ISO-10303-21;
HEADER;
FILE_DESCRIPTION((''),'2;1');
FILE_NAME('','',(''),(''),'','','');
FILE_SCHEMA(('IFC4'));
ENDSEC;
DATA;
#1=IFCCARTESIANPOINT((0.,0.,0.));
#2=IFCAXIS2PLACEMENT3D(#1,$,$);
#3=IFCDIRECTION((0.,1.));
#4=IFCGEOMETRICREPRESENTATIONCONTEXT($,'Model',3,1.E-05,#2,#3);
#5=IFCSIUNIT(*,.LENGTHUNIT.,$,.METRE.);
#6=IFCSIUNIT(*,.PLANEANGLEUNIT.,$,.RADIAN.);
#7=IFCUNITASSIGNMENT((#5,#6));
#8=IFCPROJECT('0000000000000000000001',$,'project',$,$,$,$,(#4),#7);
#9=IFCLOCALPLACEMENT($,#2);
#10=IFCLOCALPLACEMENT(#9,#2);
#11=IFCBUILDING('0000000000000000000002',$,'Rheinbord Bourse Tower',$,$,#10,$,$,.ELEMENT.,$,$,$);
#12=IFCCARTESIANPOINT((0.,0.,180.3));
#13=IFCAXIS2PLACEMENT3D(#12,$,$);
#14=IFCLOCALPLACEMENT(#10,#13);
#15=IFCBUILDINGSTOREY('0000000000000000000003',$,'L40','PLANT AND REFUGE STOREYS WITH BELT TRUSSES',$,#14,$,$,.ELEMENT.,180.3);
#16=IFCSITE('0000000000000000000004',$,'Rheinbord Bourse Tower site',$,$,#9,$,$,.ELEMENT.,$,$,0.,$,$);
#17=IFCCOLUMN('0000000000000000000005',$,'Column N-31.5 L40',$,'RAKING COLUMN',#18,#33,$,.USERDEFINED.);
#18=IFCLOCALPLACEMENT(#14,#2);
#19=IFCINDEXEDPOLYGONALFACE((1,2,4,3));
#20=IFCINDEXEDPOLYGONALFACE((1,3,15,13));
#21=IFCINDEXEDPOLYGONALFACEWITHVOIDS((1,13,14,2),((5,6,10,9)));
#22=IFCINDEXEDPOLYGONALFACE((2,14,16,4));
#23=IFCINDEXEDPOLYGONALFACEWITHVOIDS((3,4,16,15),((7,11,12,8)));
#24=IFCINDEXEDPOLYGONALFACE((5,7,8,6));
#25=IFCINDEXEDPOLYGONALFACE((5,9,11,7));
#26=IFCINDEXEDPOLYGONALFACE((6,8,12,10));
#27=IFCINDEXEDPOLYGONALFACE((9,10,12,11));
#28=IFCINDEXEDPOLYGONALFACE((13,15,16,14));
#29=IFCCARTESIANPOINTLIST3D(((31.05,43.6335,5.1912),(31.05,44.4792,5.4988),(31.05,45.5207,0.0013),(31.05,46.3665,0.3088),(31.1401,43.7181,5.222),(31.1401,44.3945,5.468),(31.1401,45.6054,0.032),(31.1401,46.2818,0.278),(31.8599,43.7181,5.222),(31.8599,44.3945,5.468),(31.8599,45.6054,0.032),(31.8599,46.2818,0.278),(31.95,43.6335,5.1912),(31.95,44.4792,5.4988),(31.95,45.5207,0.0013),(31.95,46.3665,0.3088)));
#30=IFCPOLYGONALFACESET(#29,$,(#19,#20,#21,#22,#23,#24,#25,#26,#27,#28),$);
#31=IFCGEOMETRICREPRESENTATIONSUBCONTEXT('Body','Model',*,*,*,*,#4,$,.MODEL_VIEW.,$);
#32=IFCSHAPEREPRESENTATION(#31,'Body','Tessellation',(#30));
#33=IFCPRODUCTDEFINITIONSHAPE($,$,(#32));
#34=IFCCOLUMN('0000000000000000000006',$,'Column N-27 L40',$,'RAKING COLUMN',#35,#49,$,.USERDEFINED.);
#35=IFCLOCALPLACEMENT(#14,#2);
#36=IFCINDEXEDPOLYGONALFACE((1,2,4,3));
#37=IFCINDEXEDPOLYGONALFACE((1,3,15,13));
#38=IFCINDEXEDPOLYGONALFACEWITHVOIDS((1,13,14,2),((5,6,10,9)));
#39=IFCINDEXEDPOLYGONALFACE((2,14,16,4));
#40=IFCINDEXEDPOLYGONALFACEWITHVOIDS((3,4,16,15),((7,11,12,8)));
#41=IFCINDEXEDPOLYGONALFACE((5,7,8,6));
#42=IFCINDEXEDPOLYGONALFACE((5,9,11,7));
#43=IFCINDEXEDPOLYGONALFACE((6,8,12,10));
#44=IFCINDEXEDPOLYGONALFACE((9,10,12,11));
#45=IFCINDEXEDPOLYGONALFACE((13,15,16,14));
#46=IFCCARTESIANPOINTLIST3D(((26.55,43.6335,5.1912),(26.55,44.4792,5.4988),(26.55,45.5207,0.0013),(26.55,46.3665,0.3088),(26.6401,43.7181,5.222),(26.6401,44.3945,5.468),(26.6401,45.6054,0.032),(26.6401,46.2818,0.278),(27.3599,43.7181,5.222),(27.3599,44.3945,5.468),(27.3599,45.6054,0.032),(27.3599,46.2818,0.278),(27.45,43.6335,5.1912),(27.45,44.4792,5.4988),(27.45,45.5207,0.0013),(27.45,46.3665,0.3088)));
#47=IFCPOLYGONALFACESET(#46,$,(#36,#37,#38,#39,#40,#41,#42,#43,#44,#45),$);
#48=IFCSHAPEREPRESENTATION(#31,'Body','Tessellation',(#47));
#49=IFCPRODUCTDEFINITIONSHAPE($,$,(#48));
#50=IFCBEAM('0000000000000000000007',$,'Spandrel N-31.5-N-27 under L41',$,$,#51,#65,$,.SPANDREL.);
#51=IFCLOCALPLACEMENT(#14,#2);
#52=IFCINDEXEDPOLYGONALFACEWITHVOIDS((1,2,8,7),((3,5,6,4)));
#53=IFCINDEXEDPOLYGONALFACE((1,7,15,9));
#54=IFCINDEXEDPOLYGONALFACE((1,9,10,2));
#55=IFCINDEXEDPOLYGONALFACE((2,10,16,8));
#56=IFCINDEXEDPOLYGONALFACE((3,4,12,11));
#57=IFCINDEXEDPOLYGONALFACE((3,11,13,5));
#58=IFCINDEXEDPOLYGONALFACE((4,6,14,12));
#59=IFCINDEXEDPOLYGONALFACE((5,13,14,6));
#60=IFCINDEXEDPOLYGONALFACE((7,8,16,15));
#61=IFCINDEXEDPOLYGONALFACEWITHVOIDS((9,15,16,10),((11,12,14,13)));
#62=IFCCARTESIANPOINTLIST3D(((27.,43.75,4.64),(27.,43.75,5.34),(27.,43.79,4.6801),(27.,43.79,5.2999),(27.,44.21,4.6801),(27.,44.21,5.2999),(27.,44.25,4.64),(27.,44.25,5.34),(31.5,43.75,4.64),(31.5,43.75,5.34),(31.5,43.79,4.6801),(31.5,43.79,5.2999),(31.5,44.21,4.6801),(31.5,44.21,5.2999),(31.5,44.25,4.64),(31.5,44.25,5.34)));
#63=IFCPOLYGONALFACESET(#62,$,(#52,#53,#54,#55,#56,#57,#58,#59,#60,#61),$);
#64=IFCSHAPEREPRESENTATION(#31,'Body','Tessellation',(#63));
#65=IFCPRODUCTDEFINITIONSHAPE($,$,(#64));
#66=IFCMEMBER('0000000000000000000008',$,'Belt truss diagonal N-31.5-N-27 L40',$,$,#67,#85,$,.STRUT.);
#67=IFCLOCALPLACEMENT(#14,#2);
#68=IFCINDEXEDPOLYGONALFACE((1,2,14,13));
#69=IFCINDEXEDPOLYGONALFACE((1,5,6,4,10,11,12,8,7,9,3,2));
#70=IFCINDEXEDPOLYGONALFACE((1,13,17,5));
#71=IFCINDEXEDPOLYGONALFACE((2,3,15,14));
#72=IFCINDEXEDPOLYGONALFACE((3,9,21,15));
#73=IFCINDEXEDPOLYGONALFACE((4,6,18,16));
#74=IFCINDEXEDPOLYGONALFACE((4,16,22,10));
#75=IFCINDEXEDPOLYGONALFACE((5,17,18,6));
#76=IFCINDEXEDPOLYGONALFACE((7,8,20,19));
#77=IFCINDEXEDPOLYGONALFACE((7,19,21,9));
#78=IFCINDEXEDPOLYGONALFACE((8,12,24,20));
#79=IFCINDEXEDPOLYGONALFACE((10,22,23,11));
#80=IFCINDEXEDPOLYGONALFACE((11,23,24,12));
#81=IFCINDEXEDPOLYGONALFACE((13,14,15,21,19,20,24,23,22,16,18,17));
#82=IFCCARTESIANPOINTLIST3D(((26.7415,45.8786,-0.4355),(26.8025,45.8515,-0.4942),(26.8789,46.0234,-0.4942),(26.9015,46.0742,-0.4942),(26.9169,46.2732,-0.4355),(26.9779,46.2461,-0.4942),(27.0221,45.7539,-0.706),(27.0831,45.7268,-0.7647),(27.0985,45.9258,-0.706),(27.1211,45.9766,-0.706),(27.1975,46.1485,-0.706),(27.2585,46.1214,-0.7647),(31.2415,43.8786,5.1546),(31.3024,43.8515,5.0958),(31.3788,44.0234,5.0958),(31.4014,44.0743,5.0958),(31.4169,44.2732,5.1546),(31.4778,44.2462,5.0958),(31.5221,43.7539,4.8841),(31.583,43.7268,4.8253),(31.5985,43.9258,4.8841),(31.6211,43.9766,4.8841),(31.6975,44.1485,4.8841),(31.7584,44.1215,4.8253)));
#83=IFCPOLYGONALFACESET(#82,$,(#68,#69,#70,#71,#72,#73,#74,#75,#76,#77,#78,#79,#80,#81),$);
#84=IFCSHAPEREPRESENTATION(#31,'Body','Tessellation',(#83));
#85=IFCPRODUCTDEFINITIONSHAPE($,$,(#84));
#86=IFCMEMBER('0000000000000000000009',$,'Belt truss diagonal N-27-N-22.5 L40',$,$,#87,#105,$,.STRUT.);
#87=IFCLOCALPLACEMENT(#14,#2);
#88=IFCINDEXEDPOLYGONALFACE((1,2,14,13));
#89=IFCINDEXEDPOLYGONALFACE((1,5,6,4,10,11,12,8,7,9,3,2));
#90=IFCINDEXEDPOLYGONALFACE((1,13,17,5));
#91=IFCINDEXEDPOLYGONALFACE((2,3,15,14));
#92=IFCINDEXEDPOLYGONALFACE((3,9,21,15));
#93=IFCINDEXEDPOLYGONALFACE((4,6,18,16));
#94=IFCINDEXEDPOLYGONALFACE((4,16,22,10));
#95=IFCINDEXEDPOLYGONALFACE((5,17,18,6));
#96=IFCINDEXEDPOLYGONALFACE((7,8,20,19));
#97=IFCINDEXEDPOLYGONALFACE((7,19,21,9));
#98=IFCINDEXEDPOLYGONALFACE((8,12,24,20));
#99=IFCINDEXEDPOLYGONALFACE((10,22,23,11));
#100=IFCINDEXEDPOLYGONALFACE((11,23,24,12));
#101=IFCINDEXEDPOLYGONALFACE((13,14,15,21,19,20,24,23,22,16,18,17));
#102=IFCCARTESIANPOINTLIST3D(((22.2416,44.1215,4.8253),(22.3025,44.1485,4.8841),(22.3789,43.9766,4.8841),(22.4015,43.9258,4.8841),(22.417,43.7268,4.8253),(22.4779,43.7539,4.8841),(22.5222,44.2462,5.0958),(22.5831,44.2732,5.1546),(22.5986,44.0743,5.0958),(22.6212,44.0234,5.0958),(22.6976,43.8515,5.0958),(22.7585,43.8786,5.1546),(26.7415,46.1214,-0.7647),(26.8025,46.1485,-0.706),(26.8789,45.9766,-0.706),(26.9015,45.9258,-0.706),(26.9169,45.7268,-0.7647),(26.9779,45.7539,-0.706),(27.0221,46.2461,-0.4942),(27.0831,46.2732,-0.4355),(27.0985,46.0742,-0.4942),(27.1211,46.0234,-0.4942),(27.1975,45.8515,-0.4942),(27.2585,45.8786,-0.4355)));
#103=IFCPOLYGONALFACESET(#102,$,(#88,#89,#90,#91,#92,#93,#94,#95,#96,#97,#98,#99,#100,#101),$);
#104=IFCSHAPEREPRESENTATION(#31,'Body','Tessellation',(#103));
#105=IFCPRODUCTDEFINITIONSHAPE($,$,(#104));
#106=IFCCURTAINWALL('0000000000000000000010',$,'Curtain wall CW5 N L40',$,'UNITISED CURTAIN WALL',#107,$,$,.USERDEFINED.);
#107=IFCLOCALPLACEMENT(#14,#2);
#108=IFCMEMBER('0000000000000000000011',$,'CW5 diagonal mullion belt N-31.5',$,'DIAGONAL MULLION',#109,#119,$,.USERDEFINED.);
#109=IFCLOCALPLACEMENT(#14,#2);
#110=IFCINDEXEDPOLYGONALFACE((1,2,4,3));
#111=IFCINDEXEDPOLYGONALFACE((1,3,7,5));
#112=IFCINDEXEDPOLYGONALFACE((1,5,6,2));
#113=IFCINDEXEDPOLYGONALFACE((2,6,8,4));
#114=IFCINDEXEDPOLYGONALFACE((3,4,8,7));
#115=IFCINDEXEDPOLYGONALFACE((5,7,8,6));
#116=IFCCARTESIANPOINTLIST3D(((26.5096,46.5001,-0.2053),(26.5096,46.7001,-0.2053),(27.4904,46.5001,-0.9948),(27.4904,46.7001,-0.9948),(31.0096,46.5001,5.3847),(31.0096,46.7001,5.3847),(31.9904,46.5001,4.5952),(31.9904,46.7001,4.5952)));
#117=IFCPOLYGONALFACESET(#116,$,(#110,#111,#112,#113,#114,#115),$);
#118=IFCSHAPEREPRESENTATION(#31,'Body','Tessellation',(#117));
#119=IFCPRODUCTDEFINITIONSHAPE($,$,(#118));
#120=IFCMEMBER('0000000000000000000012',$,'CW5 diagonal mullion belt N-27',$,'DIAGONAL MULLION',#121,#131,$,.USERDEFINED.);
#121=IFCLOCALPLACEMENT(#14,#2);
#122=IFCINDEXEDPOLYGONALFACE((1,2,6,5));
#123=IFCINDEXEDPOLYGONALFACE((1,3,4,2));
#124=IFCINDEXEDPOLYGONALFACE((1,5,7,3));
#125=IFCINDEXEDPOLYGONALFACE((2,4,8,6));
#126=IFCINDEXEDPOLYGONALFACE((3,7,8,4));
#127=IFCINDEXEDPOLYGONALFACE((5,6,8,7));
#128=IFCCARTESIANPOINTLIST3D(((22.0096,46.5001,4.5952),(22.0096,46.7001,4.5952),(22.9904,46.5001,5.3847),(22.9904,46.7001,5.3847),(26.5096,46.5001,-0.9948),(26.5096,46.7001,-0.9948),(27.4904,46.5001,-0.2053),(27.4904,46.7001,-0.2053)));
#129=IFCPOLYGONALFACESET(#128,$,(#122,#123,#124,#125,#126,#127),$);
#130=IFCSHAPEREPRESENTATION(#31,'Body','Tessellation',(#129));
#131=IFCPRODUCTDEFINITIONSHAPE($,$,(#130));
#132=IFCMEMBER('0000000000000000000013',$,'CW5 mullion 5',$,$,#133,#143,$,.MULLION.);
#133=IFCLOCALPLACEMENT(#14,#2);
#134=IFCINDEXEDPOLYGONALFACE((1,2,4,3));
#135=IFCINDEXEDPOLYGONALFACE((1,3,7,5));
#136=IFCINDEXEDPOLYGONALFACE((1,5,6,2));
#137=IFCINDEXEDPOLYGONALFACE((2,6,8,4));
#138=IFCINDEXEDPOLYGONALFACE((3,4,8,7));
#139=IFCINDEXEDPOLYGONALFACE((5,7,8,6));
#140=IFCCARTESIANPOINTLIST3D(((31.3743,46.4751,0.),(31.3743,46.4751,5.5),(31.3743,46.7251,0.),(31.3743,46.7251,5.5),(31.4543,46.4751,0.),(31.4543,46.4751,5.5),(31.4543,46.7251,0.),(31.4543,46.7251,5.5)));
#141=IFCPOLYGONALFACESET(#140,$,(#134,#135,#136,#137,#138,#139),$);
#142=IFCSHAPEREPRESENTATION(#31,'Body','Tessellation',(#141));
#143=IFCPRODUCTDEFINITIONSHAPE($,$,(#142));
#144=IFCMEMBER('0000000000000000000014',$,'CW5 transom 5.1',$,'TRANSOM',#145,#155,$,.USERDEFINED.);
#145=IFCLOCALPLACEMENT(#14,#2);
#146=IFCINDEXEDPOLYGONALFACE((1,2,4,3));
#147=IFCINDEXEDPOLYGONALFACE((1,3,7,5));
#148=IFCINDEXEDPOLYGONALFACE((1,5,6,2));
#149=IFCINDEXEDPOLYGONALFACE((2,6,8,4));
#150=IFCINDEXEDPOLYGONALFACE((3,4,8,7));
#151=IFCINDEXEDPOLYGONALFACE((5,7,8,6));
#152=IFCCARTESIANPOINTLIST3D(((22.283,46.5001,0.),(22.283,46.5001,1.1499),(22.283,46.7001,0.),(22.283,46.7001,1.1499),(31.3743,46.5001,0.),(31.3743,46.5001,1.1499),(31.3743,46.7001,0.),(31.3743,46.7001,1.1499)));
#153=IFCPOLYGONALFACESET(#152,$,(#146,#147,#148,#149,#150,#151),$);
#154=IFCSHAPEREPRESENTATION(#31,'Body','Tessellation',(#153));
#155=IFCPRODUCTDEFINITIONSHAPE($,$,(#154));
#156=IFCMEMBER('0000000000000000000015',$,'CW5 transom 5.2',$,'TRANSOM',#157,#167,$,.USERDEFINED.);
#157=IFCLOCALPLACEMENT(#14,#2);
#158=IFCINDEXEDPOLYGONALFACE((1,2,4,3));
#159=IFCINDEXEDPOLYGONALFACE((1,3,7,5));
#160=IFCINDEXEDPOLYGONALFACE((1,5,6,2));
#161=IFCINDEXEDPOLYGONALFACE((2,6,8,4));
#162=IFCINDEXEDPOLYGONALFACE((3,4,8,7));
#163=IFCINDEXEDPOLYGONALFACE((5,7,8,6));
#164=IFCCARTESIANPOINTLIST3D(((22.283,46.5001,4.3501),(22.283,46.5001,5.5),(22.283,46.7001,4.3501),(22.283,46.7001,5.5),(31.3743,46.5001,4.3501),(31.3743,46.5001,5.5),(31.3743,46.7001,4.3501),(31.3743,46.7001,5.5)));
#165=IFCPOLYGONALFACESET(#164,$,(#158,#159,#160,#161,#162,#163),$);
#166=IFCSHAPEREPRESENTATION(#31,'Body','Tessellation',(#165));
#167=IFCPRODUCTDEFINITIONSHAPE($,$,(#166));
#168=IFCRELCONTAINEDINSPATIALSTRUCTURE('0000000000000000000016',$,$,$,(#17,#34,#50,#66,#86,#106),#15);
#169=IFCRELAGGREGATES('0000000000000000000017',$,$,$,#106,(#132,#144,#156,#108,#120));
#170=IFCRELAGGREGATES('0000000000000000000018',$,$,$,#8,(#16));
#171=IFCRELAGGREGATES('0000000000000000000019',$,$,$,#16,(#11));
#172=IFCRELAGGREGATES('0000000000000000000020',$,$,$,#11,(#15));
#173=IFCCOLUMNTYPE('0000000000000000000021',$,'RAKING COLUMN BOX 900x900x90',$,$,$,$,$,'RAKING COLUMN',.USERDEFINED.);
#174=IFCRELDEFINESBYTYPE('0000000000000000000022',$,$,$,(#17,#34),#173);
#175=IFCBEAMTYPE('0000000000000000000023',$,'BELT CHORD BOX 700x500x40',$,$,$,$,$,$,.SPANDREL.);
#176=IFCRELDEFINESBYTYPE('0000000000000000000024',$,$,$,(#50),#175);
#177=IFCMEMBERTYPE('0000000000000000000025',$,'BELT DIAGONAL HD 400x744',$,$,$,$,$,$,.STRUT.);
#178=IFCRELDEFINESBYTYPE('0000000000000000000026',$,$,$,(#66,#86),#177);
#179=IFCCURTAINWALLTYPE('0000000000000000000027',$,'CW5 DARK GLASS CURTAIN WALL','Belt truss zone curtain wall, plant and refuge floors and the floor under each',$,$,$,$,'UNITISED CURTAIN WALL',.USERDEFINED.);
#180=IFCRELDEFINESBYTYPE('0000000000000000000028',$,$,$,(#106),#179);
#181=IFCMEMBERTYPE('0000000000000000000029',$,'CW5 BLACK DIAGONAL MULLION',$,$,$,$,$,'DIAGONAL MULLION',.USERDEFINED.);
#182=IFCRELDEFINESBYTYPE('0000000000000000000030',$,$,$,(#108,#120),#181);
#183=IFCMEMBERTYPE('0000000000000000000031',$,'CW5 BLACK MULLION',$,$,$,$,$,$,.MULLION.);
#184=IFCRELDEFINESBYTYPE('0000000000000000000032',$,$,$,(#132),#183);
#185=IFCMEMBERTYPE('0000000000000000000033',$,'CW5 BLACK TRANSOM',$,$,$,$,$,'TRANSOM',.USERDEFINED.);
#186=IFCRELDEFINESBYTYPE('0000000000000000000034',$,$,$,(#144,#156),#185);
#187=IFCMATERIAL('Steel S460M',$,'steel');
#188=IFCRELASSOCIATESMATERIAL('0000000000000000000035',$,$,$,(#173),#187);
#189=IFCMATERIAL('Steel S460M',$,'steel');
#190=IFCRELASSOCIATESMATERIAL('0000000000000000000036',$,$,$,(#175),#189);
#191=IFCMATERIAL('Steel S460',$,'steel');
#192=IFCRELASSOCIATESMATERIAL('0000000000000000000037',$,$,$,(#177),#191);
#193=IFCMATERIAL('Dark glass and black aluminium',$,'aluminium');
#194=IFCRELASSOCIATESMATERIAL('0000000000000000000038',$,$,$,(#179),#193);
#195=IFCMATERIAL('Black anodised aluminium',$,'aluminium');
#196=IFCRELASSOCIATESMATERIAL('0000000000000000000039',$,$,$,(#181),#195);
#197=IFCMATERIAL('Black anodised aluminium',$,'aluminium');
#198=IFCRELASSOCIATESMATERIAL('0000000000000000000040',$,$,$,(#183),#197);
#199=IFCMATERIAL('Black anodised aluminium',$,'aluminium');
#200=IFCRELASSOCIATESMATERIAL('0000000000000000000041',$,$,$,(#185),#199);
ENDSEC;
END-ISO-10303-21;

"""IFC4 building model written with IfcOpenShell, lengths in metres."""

from ifc_helpers import new_model, si_unit, direction, frame, origin, origin_2d, place, context, subcontext, project, spatial, rectangle, hollow_rectangle, i_section, extrude, material, material_profile, profile_set, type_object, element, aggregate, save


model = new_model("IFC4")

# Units and contexts
model_context = context("Model", 3, precision=1e-05, world=origin(), true_north=direction((0.0, 1.0)))
body_context = subcontext(model_context, "Body", "Model", "MODEL_VIEW")
ifc_project = project(units=[si_unit("LENGTHUNIT", "METRE"), si_unit("PLANEANGLEUNIT", "RADIAN")], contexts=[model_context])

# Site, building, storey
site_placement = place(None, origin())
site = spatial("IfcSite", under=ifc_project, at=site_placement, Name="Rheinbord Bourse Tower site", CompositionType="ELEMENT", RefElevation=0.0)
building_placement = place(site_placement, origin())
building = spatial("IfcBuilding", under=site, at=building_placement, Name="Rheinbord Bourse Tower", CompositionType="ELEMENT")
storey_placement = place(building_placement, frame((0.0, 0.0, 180.3)))
storey = spatial("IfcBuildingStorey", under=building, at=storey_placement, Name="L40", Description="PLANT AND REFUGE STOREYS WITH BELT TRUSSES", CompositionType="ELEMENT", Elevation=180.3)

# Columns
ifc_material_1 = material(Name="Steel S460M", Category="steel")
ifc_material_profile_1 = material_profile(ifc_material_1, hollow_rectangle(XDim=0.8999, YDim=0.8999, WallThickness=0.0901, at=origin_2d()), Name="BOX 900x900x90")
ifc_profile_set_1 = profile_set([ifc_material_profile_1], Name="Steel S460M")
column_type = type_object("IfcColumnType", Name="RAKING COLUMN BOX 900x900x90", ElementType="RAKING COLUMN", PredefinedType="USERDEFINED", material=ifc_profile_set_1)
for number, where, z_axis, x_axis, name in (
    (1, (31.5, 45.9436, 0.155), (0.0, -0.341743, 0.939793), (0.0, 0.939793, 0.341743), "Column N-31.5 L40"),
    (2, (27.0, 45.9436, 0.155), (0.0, -0.341743, 0.939793), (0.0, 0.939793, 0.341743), "Column N-27 L40"),
):
    element("IfcColumn", number, at=place(storey_placement, frame(where, z_axis=z_axis, x_axis=x_axis)), inside=storey, type_object=column_type, Name=name, ObjectType="RAKING COLUMN", PredefinedType="USERDEFINED", context=body_context, shape_type="SweptSolid", body=[
        extrude(hollow_rectangle(XDim=0.8999, YDim=0.8999, WallThickness=0.0901, at=origin_2d()), origin(), (0.0, 0.0, 1.0), 5.5225),
    ])

# Beam
ifc_material_2 = material(Name="Steel S460M", Category="steel")
ifc_material_profile_2 = material_profile(ifc_material_2, hollow_rectangle(XDim=0.5, YDim=0.7, WallThickness=0.04, at=origin_2d()), Name="BOX 700x500x40")
ifc_profile_set_2 = profile_set([ifc_material_profile_2], Name="Steel S460M")
beam_type_1 = type_object("IfcBeamType", Name="BELT CHORD BOX 700x500x40", PredefinedType="SPANDREL", material=ifc_profile_set_2)
beam_1_placement = place(storey_placement, frame((31.5, 44.0, 4.99), z_axis=(-1.0, 0.0, 0.0), x_axis=(0.0, -1.0, 0.0)))
element("IfcBeam", 3, at=beam_1_placement, inside=storey, type_object=beam_type_1, Name="Spandrel N-31.5-N-27 under L41", PredefinedType="SPANDREL", context=body_context, shape_type="SweptSolid", body=[
    extrude(hollow_rectangle(XDim=0.5, YDim=0.7, WallThickness=0.04, at=origin_2d()), origin(), (0.0, 0.0, 1.0), 4.5),
])

# Members
ifc_material_3 = material(Name="Steel S460", Category="steel")
ifc_material_profile_3 = material_profile(ifc_material_3, i_section(OverallWidth=0.4319, OverallDepth=0.498, WebThickness=0.0557, FlangeThickness=0.0889, at=origin_2d()), Name="HD 400x744")
ifc_profile_set_3 = profile_set([ifc_material_profile_3], Name="Steel S460")
member_type_1 = type_object("IfcMemberType", Name="BELT DIAGONAL HD 400x744", PredefinedType="STRUT", material=ifc_profile_set_3)
for number, where, z_axis, x_axis, name in (
    (4, (27.0, 46.0, -0.6001), (0.604045, -0.268465, 0.75037), (0.406138, 0.913812, 0.0), "Belt truss diagonal N-31.5-N-27 L40"),
    (5, (27.0, 46.0, -0.6001), (-0.604045, -0.268465, 0.75037), (0.406138, -0.913812, 0.0), "Belt truss diagonal N-27-N-22.5 L40"),
):
    element("IfcMember", number, at=place(storey_placement, frame(where, z_axis=z_axis, x_axis=x_axis)), inside=storey, type_object=member_type_1, Name=name, PredefinedType="STRUT", context=body_context, shape_type="SweptSolid", body=[
        extrude(i_section(OverallWidth=0.4319, OverallDepth=0.498, WebThickness=0.0557, FlangeThickness=0.0889, at=origin_2d()), origin(), (0.0, 0.0, 1.0), 7.4497),
    ])

# Curtain wall, members
ifc_material_4 = material(Name="Dark glass and black aluminium", Category="aluminium")
curtain_wall_type = type_object("IfcCurtainWallType", Name="CW5 DARK GLASS CURTAIN WALL", Description="Belt truss zone curtain wall, plant and refuge floors and the floor under each", ElementType="UNITISED CURTAIN WALL", PredefinedType="USERDEFINED", material=ifc_material_4)
curtain_wall_placement = place(storey_placement, origin())
curtain_wall = element("IfcCurtainWall", 6, at=curtain_wall_placement, inside=storey, type_object=curtain_wall_type, Name="Curtain wall CW5 N L40", ObjectType="UNITISED CURTAIN WALL", PredefinedType="USERDEFINED")
ifc_material_5 = material(Name="Black anodised aluminium", Category="aluminium")
ifc_material_profile_4 = material_profile(ifc_material_5, rectangle(XDim=0.2, YDim=1.259, at=origin_2d()), Name="CW5 DIAGONAL MULLION 1259x200")
ifc_profile_set_4 = profile_set([ifc_material_profile_4], Name="Black anodised aluminium")
member_type_2 = type_object("IfcMemberType", Name="CW5 BLACK DIAGONAL MULLION", ElementType="DIAGONAL MULLION", PredefinedType="USERDEFINED", material=ifc_profile_set_4)
member_1_placement = place(storey_placement, frame((27.0, 46.6001, -0.6001), z_axis=(0.627065, 0.0, 0.778967), x_axis=(0.0, 1.0, 0.0)))
member_1 = element("IfcMember", 7, at=member_1_placement, type_object=member_type_2, Name="CW5 diagonal mullion belt N-31.5", ObjectType="DIAGONAL MULLION", PredefinedType="USERDEFINED", context=body_context, shape_type="SweptSolid", body=[
    extrude(rectangle(XDim=0.2, YDim=1.259, at=origin_2d()), origin(), (0.0, 0.0, 1.0), 7.1763),
])
member_2_placement = place(storey_placement, frame((27.0, 46.6001, -0.6001), z_axis=(-0.627065, 0.0, 0.778967), x_axis=(0.0, -1.0, 0.0)))
member_2 = element("IfcMember", 8, at=member_2_placement, type_object=member_type_2, Name="CW5 diagonal mullion belt N-27", ObjectType="DIAGONAL MULLION", PredefinedType="USERDEFINED", context=body_context, shape_type="SweptSolid", body=[
    extrude(rectangle(XDim=0.2, YDim=1.259, at=origin_2d()), origin(), (0.0, 0.0, 1.0), 7.1763),
])
ifc_material_6 = material(Name="Black anodised aluminium", Category="aluminium")
ifc_material_profile_5 = material_profile(ifc_material_6, rectangle(XDim=0.25, YDim=0.0801, at=origin_2d()), Name="CW5 MULLION 80x250")
ifc_profile_set_5 = profile_set([ifc_material_profile_5], Name="Black anodised aluminium")
member_type_3 = type_object("IfcMemberType", Name="CW5 BLACK MULLION", PredefinedType="MULLION", material=ifc_profile_set_5)
member_3_placement = place(storey_placement, frame((31.4143, 46.6001, 0.0), z_axis=(0.0, 0.0, 1.0), x_axis=(0.0, -1.0, 0.0)))
member_3 = element("IfcMember", 9, at=member_3_placement, type_object=member_type_3, Name="CW5 mullion 5", PredefinedType="MULLION", context=body_context, shape_type="SweptSolid", body=[
    extrude(rectangle(XDim=0.25, YDim=0.0801, at=origin_2d()), origin(), (0.0, 0.0, 1.0), 5.5),
])
ifc_material_7 = material(Name="Black anodised aluminium", Category="aluminium")
ifc_material_profile_6 = material_profile(ifc_material_7, rectangle(XDim=0.2, YDim=1.1499, at=origin_2d()), Name="CW5 TRANSOM 1150x200")
ifc_profile_set_6 = profile_set([ifc_material_profile_6], Name="Black anodised aluminium")
member_type_4 = type_object("IfcMemberType", Name="CW5 BLACK TRANSOM", ElementType="TRANSOM", PredefinedType="USERDEFINED", material=ifc_profile_set_6)
member_4_placement = place(storey_placement, frame((31.3743, 46.6001, 0.575), z_axis=(-1.0, 0.0, 0.0), x_axis=(0.0, -1.0, 0.0)))
member_4 = element("IfcMember", 10, at=member_4_placement, type_object=member_type_4, Name="CW5 transom 5.1", ObjectType="TRANSOM", PredefinedType="USERDEFINED", context=body_context, shape_type="SweptSolid", body=[
    extrude(rectangle(XDim=0.2, YDim=1.1499, at=origin_2d()), origin(), (0.0, 0.0, 1.0), 9.0913),
])
member_5_placement = place(storey_placement, frame((31.3743, 46.6001, 4.925), z_axis=(-1.0, 0.0, 0.0), x_axis=(0.0, -1.0, 0.0)))
member_5 = element("IfcMember", 11, at=member_5_placement, type_object=member_type_4, Name="CW5 transom 5.2", ObjectType="TRANSOM", PredefinedType="USERDEFINED", context=body_context, shape_type="SweptSolid", body=[
    extrude(rectangle(XDim=0.2, YDim=1.1499, at=origin_2d()), origin(), (0.0, 0.0, 1.0), 9.0913),
])

aggregate(curtain_wall, [member_3, member_4, member_5, member_1, member_2])

save(model, "model.ifc")
